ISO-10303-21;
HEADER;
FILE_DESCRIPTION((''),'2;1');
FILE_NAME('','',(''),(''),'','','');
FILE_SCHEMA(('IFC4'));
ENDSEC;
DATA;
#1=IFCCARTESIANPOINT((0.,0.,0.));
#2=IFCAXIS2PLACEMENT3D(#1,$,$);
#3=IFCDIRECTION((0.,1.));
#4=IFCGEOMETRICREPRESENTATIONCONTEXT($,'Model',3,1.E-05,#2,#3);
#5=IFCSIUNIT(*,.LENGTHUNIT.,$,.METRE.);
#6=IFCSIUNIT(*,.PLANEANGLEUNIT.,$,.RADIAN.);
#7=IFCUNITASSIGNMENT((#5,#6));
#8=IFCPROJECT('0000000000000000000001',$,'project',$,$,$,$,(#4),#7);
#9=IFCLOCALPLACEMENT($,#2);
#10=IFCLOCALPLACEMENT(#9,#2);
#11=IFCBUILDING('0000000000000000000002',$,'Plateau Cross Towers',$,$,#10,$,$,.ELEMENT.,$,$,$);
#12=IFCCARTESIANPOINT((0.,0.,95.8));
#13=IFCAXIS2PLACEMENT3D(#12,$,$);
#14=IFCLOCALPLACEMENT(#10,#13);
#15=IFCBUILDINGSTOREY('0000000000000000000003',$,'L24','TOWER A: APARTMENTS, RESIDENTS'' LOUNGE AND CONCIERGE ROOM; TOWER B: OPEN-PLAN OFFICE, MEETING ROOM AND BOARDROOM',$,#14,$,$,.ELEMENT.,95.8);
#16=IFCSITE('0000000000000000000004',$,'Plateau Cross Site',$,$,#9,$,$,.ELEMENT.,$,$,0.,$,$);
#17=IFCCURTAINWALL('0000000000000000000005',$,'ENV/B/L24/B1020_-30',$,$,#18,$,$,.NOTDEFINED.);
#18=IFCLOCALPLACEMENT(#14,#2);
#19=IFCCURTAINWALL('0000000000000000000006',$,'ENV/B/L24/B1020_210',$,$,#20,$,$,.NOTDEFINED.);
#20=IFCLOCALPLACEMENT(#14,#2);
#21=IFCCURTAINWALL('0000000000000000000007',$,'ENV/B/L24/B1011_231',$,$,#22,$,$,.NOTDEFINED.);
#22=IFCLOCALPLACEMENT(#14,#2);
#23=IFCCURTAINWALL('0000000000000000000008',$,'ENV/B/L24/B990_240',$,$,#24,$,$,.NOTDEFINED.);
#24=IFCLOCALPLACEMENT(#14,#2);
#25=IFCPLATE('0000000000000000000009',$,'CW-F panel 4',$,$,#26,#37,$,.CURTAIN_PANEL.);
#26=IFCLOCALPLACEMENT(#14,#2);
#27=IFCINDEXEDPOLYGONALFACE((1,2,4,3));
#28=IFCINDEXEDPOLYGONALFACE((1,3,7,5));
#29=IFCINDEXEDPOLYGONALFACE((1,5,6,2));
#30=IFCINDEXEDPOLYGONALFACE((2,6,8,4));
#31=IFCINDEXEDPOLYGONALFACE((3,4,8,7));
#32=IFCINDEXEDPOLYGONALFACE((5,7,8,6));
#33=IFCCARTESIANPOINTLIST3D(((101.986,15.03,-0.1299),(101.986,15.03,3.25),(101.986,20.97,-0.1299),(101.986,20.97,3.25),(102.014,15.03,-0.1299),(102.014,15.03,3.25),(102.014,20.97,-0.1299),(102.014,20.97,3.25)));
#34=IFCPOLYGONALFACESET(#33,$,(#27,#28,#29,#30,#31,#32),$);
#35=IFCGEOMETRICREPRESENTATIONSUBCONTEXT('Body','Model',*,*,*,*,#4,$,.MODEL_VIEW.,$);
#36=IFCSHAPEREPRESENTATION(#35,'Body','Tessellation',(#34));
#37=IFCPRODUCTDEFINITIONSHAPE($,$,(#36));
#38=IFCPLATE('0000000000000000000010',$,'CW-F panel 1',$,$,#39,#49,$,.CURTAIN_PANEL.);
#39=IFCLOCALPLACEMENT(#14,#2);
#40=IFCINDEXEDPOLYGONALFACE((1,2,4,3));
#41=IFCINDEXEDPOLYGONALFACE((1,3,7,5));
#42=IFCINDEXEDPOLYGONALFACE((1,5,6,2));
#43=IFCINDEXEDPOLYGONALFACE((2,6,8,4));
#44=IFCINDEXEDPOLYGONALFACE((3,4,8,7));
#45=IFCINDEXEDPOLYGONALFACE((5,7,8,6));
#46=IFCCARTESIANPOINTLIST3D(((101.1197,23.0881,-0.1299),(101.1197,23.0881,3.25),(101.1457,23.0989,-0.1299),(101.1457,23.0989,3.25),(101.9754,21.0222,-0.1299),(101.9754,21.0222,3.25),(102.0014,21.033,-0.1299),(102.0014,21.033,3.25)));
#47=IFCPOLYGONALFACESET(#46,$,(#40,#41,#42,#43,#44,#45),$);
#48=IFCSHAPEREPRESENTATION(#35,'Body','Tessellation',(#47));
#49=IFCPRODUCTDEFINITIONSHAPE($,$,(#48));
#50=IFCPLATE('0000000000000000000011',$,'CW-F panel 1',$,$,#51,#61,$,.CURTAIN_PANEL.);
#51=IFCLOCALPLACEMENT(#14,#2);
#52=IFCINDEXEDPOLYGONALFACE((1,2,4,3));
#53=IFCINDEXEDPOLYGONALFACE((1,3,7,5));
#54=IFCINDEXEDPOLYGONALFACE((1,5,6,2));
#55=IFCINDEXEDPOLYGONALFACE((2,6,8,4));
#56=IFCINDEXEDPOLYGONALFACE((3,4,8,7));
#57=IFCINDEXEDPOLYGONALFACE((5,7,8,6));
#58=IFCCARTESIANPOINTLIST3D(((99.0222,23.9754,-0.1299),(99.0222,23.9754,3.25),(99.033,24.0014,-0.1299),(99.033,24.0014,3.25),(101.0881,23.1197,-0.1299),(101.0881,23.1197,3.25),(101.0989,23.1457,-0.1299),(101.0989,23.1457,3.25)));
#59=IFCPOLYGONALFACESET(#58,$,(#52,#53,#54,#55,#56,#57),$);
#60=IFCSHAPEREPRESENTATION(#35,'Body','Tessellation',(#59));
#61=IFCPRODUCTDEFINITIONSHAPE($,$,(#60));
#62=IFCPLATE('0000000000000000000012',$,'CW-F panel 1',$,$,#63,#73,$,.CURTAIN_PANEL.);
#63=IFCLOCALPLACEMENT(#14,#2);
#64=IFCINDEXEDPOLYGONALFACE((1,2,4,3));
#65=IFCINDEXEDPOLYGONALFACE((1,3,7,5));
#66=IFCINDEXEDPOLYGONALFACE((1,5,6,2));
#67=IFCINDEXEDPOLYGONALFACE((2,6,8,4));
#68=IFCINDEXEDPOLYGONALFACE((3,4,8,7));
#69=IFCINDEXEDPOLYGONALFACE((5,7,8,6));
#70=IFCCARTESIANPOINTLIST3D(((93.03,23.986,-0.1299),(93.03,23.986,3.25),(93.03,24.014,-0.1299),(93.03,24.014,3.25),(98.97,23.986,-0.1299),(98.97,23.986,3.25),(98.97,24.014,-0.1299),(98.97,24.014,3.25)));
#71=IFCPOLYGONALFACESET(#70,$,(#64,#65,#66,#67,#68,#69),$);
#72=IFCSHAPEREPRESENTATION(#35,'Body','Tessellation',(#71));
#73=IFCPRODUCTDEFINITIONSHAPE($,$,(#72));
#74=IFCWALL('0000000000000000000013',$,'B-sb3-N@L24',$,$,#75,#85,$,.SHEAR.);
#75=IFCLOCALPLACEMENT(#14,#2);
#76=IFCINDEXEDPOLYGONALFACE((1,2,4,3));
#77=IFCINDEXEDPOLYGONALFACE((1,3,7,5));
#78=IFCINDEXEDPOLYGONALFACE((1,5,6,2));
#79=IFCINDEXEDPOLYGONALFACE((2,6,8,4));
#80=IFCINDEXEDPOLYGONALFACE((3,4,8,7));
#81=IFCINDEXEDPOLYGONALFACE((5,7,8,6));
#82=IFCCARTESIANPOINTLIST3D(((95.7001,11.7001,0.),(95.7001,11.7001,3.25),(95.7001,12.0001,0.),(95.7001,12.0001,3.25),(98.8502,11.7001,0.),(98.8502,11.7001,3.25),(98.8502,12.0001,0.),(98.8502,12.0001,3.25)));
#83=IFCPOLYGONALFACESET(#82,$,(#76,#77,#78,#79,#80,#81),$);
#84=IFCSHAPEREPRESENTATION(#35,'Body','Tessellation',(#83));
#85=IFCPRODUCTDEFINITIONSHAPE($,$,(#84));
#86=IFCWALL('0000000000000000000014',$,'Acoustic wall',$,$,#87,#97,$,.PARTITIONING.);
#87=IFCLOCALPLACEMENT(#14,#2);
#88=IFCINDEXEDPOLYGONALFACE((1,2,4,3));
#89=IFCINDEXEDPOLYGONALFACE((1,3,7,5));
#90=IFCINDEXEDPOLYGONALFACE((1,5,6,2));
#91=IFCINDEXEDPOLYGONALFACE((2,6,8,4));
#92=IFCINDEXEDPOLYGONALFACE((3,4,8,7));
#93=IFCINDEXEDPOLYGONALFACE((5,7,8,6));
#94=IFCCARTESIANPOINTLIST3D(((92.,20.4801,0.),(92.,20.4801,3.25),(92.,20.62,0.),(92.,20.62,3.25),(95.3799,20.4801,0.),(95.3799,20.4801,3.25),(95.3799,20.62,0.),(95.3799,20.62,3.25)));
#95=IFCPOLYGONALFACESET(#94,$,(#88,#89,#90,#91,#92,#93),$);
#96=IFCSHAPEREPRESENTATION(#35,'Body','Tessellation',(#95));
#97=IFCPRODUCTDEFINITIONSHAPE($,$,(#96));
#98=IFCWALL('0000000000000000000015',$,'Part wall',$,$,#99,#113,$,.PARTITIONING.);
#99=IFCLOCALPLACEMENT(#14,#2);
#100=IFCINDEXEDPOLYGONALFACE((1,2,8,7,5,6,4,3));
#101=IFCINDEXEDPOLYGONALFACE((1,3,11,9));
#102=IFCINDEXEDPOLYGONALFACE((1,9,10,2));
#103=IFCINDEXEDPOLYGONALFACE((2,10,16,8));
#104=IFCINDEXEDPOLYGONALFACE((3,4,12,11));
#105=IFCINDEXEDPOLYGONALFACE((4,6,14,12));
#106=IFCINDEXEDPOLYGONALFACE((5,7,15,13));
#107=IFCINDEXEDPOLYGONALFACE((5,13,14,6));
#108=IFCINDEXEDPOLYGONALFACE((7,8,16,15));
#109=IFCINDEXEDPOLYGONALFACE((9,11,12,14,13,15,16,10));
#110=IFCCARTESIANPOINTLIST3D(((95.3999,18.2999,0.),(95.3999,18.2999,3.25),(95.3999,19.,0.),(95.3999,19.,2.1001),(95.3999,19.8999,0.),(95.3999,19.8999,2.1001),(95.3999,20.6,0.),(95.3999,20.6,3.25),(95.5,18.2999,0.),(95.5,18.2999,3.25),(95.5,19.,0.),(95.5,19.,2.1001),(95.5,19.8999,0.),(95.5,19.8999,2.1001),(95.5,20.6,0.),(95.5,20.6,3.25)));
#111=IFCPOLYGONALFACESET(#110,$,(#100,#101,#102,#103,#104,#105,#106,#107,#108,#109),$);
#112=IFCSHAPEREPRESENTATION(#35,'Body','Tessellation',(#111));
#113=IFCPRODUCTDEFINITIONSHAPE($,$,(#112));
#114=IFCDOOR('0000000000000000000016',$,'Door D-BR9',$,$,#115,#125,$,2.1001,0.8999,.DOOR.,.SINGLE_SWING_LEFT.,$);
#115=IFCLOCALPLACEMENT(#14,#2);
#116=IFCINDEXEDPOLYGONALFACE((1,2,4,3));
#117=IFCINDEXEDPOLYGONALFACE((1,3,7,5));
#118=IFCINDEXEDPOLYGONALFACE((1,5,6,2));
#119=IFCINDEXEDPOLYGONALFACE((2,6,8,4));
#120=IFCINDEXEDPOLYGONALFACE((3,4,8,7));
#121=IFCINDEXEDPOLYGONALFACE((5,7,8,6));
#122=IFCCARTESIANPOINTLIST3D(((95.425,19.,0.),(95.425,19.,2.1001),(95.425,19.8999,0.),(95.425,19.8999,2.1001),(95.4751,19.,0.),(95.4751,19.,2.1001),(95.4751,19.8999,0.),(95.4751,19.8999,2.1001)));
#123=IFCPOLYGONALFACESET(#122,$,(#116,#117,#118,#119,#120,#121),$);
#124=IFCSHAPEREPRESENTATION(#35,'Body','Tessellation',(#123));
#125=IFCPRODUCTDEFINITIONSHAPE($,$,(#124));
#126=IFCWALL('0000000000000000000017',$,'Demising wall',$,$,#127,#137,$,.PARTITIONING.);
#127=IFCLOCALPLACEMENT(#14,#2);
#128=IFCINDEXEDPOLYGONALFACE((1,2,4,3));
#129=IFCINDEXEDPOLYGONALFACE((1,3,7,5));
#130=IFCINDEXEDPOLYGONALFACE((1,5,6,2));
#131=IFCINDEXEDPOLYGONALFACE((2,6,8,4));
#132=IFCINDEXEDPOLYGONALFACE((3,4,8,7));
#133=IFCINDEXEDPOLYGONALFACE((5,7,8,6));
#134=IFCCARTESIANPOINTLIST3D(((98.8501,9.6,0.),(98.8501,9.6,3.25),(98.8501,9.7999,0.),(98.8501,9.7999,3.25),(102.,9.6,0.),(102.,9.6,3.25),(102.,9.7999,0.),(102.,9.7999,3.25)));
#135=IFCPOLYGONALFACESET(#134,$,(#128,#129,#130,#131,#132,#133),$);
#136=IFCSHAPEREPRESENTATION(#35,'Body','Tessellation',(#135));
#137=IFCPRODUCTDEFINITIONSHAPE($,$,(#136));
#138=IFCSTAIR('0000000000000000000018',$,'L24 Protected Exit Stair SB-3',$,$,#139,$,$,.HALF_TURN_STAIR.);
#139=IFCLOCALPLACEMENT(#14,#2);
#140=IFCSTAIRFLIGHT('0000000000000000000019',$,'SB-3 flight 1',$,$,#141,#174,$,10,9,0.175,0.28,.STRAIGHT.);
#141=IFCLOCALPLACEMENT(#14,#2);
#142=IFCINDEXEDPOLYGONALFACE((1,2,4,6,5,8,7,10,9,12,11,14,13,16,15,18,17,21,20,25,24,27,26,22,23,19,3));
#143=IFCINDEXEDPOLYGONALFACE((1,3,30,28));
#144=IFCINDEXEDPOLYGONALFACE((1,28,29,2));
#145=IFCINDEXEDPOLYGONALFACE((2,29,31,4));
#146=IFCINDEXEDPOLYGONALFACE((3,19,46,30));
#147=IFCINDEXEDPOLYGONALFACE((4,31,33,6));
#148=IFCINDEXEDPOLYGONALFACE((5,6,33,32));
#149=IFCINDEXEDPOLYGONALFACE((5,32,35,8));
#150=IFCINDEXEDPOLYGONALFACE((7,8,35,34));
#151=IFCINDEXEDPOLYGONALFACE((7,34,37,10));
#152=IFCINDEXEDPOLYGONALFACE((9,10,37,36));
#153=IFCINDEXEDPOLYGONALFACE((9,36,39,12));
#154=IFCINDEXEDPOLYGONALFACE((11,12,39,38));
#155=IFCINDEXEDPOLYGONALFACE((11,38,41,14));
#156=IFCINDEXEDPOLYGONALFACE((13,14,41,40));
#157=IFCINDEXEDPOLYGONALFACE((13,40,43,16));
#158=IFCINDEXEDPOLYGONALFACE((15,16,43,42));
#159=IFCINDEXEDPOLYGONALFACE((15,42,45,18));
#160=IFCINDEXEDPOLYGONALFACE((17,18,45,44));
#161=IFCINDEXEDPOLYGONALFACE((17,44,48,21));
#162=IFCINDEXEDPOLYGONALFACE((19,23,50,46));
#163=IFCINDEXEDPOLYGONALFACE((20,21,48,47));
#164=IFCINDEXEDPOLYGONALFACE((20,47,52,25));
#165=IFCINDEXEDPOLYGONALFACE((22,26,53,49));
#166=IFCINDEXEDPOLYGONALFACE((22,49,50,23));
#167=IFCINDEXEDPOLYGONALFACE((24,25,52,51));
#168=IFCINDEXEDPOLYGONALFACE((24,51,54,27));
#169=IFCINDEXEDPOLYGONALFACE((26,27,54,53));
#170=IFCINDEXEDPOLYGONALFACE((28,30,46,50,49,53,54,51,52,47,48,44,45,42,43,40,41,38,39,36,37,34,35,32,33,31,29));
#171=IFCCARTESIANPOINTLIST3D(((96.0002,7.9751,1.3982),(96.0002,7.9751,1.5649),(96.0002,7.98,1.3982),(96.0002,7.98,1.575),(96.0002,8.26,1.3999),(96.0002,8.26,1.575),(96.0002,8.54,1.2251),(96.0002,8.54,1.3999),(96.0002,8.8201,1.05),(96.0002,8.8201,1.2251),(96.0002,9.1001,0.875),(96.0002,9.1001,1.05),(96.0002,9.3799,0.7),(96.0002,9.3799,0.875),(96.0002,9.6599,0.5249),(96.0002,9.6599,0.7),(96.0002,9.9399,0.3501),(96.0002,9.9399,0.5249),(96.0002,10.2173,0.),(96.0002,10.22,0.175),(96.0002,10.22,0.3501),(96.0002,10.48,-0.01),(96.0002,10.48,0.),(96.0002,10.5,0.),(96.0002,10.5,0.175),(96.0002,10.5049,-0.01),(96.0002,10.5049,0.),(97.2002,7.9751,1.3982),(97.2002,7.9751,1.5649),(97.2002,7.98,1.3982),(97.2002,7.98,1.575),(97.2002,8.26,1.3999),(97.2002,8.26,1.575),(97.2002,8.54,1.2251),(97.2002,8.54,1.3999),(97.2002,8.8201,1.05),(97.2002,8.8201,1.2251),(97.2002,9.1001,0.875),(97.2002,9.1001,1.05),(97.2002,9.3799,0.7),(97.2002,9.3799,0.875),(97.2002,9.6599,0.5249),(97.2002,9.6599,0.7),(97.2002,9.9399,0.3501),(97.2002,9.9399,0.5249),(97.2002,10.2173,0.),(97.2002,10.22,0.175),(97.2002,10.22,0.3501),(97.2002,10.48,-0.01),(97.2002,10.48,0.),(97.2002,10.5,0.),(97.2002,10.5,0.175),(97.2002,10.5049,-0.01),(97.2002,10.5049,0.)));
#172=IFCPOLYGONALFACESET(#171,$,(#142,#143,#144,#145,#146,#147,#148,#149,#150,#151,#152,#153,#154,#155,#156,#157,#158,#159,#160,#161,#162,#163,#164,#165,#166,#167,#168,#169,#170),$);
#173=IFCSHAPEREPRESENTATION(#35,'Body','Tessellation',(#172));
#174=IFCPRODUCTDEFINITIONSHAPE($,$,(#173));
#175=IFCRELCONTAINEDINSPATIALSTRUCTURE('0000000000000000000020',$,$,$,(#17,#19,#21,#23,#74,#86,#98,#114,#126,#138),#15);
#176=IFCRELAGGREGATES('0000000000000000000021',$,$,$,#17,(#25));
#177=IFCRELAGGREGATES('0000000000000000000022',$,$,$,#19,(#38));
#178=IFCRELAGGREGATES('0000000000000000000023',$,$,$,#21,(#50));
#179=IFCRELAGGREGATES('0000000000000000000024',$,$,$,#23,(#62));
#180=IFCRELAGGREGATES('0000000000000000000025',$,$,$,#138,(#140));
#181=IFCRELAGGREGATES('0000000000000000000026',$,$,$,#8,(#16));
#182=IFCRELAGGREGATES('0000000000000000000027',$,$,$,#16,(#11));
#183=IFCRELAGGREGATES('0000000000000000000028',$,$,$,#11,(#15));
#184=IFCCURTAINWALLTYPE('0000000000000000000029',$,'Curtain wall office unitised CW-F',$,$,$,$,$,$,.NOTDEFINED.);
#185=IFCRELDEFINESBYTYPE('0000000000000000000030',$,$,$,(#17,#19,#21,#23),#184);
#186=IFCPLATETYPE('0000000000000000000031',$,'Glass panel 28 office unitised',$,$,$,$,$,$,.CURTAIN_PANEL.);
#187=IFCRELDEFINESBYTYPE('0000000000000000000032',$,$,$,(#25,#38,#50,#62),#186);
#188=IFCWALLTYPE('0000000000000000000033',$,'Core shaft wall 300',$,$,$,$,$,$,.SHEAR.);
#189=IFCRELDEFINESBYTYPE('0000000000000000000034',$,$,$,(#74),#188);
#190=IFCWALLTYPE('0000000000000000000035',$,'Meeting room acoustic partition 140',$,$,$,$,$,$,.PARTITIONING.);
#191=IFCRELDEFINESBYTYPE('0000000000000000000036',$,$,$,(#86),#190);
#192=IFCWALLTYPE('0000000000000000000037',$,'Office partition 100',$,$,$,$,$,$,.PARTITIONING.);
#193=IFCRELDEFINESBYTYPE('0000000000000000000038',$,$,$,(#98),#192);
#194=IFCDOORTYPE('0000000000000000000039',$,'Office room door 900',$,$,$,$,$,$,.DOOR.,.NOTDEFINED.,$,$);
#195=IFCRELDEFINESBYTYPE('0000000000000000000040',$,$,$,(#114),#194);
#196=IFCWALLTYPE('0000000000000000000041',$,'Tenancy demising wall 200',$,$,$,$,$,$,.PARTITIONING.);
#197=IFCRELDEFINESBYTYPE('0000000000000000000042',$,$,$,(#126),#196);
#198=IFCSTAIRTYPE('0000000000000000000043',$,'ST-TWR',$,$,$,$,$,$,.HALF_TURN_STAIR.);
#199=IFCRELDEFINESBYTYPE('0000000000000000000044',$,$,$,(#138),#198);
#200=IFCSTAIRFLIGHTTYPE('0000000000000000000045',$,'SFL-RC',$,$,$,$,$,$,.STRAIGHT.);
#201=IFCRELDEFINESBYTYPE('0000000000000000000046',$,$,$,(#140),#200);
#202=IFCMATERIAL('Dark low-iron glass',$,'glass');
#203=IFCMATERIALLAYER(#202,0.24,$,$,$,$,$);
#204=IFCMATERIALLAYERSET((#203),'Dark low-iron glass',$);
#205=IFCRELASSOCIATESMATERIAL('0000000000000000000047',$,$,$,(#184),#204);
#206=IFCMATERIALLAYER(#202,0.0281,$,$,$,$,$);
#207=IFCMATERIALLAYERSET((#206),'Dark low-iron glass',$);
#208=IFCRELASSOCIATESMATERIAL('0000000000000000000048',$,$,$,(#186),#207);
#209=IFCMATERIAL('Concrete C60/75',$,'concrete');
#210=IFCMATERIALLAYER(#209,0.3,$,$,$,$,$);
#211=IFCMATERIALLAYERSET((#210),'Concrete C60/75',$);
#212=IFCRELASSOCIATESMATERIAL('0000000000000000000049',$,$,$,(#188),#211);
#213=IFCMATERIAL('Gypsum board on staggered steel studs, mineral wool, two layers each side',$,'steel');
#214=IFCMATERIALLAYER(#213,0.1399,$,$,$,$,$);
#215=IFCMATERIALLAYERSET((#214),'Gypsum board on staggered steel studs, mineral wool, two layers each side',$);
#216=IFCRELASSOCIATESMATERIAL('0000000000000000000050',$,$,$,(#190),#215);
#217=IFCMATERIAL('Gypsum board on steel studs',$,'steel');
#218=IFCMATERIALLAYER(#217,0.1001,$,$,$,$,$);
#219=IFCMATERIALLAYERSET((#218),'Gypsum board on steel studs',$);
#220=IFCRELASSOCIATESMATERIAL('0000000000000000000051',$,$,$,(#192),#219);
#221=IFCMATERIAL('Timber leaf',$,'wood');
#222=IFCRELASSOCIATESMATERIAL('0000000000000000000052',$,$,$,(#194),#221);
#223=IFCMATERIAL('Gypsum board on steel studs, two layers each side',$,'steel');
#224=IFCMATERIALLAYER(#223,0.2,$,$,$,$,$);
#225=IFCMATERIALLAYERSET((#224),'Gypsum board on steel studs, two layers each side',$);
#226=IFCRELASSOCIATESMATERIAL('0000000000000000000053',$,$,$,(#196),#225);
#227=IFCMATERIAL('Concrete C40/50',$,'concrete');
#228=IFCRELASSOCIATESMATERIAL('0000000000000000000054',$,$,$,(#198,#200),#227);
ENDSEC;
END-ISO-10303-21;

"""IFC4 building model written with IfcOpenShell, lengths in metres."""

from ifc_helpers import new_model, si_unit, direction, frame, frame_2d, origin, origin_2d, place, context, subcontext, project, spatial, polyline, rectangle, outline, extrude, material, layer, layer_set, type_object, element, fill, aggregate, save


model = new_model("IFC4")

# Units and contexts
model_context = context("Model", 3, precision=1e-05, world=origin(), true_north=direction((0.0, 1.0)))
body_context = subcontext(model_context, "Body", "Model", "MODEL_VIEW")
ifc_project = project(units=[si_unit("LENGTHUNIT", "METRE"), si_unit("PLANEANGLEUNIT", "RADIAN")], contexts=[model_context])

# Site, building, storey
site_placement = place(None, origin())
site = spatial("IfcSite", under=ifc_project, at=site_placement, Name="Plateau Cross Site", CompositionType="ELEMENT", RefElevation=0.0)
building_placement = place(site_placement, origin())
building = spatial("IfcBuilding", under=site, at=building_placement, Name="Plateau Cross Towers", CompositionType="ELEMENT")
storey_placement = place(building_placement, frame((0.0, 0.0, 95.8)))
storey = spatial("IfcBuildingStorey", under=building, at=storey_placement, Name="L24", Description="TOWER A: APARTMENTS, RESIDENTS' LOUNGE AND CONCIERGE ROOM; TOWER B: OPEN-PLAN OFFICE, MEETING ROOM AND BOARDROOM", CompositionType="ELEMENT", Elevation=95.8)

# Shared definitions
ifc_material_1 = material(Name="Concrete C60/75", Category="concrete")

# Curtain wall
ifc_material_2 = material(Name="Dark low-iron glass", Category="glass")
ifc_layer_1 = layer(ifc_material_2, 0.24)
ifc_layer_set_1 = layer_set([ifc_layer_1], Name="Dark low-iron glass")
curtain_wall_type = type_object("IfcCurtainWallType", Name="Curtain wall office unitised CW-F", PredefinedType="NOTDEFINED", material=ifc_layer_set_1)
curtain_wall_1_placement = place(storey_placement, origin())
curtain_wall_1 = element("IfcCurtainWall", 1, at=curtain_wall_1_placement, inside=storey, type_object=curtain_wall_type, Name="ENV/B/L24/B1020_-30", PredefinedType="NOTDEFINED")

# Curtain walls
curtain_wall_2_placement = place(storey_placement, origin())
curtain_wall_2 = element("IfcCurtainWall", 2, at=curtain_wall_2_placement, inside=storey, type_object=curtain_wall_type, Name="ENV/B/L24/B1020_210", PredefinedType="NOTDEFINED")
curtain_wall_3_placement = place(storey_placement, origin())
curtain_wall_3 = element("IfcCurtainWall", 3, at=curtain_wall_3_placement, inside=storey, type_object=curtain_wall_type, Name="ENV/B/L24/B1011_231", PredefinedType="NOTDEFINED")

# Curtain wall
curtain_wall_4_placement = place(storey_placement, origin())
curtain_wall_4 = element("IfcCurtainWall", 4, at=curtain_wall_4_placement, inside=storey, type_object=curtain_wall_type, Name="ENV/B/L24/B990_240", PredefinedType="NOTDEFINED")

# Plates
ifc_layer_2 = layer(ifc_material_2, 0.0281)
ifc_layer_set_2 = layer_set([ifc_layer_2], Name="Dark low-iron glass")
plate_type = type_object("IfcPlateType", Name="Glass panel 28 office unitised", PredefinedType="CURTAIN_PANEL", material=ifc_layer_set_2)
plate_1_placement = place(storey_placement, frame((102.0, 18.0, -0.1299), z_axis=(0.0, 0.0, 1.0), x_axis=(0.0, 1.0, 0.0)))
plate_1 = element("IfcPlate", 5, at=plate_1_placement, type_object=plate_type, Name="CW-F panel 4", PredefinedType="CURTAIN_PANEL", context=body_context, shape_type="SweptSolid", body=[
    extrude(rectangle(XDim=5.9399, YDim=0.0281, at=origin_2d()), origin(), (0.0, 0.0, 1.0), 3.3799),
])
aggregate(curtain_wall_1, [plate_1])
plate_2_placement = place(storey_placement, frame((101.5605, 22.0605, -0.1299), z_axis=(0.0, 0.0, 1.0), x_axis=(-0.382684, 0.923879, 0.0)))
plate_2 = element("IfcPlate", 6, at=plate_2_placement, type_object=plate_type, Name="CW-F panel 1", PredefinedType="CURTAIN_PANEL", context=body_context, shape_type="SweptSolid", body=[
    extrude(rectangle(XDim=2.2361, YDim=0.0281, at=origin_2d()), origin(), (0.0, 0.0, 1.0), 3.3799),
])
aggregate(curtain_wall_2, [plate_2])
plate_3_placement = place(storey_placement, frame((100.0605, 23.5605, -0.1299), z_axis=(0.0, 0.0, 1.0), x_axis=(-0.923879, 0.382684, 0.0)))
plate_3 = element("IfcPlate", 7, at=plate_3_placement, type_object=plate_type, Name="CW-F panel 1", PredefinedType="CURTAIN_PANEL", context=body_context, shape_type="SweptSolid", body=[
    extrude(rectangle(XDim=2.2361, YDim=0.0281, at=origin_2d()), origin(), (0.0, 0.0, 1.0), 3.3799),
])
aggregate(curtain_wall_3, [plate_3])
plate_4_placement = place(storey_placement, frame((96.0, 24.0, -0.1299), z_axis=(0.0, 0.0, 1.0), x_axis=(-1.0, 0.0, 0.0)))
plate_4 = element("IfcPlate", 8, at=plate_4_placement, type_object=plate_type, Name="CW-F panel 1", PredefinedType="CURTAIN_PANEL", context=body_context, shape_type="SweptSolid", body=[
    extrude(rectangle(XDim=5.9399, YDim=0.0281, at=origin_2d()), origin(), (0.0, 0.0, 1.0), 3.3799),
])
aggregate(curtain_wall_4, [plate_4])

# Wall
ifc_layer_3 = layer(ifc_material_1, 0.3)
ifc_layer_set_3 = layer_set([ifc_layer_3], Name="Concrete C60/75")
wall_type_1 = type_object("IfcWallType", Name="Core shaft wall 300", PredefinedType="SHEAR", material=ifc_layer_set_3)
wall_1_placement = place(storey_placement, frame((95.7, 11.8501, 0.0), z_axis=(0.0, 0.0, 1.0), x_axis=(1.0, 0.0, 0.0)))
element("IfcWall", 9, at=wall_1_placement, inside=storey, type_object=wall_type_1, Name="B-sb3-N@L24", PredefinedType="SHEAR", context=body_context, shape_type="SweptSolid", body=[
    extrude(rectangle(XDim=3.1501, YDim=0.3, at=frame_2d((1.5752, 0.0))), origin(), (0.0, 0.0, 1.0), 3.25),
])

# Shared definitions
ifc_material_3 = material(Name="Gypsum board on staggered steel studs, mineral wool, two layers each side", Category="steel")
ifc_layer_4 = layer(ifc_material_3, 0.1399)
ifc_layer_set_4 = layer_set([ifc_layer_4], Name="Gypsum board on staggered steel studs, mineral wool, two layers each side")
wall_type_2 = type_object("IfcWallType", Name="Meeting room acoustic partition 140", PredefinedType="PARTITIONING", material=ifc_layer_set_4)

# Wall
wall_2_placement = place(storey_placement, frame((92.0, 20.55, 0.0), z_axis=(0.0, 0.0, 1.0), x_axis=(1.0, 0.0, 0.0)))
element("IfcWall", 10, at=wall_2_placement, inside=storey, type_object=wall_type_2, Name="Acoustic wall", PredefinedType="PARTITIONING", context=body_context, shape_type="SweptSolid", body=[
    extrude(rectangle(XDim=3.3799, YDim=0.1399, at=frame_2d((1.6899, 0.0))), origin(), (0.0, 0.0, 1.0), 3.25),
])

# Wall, opening, door
ifc_material_4 = material(Name="Gypsum board on steel studs", Category="steel")
ifc_layer_5 = layer(ifc_material_4, 0.1001)
ifc_layer_set_5 = layer_set([ifc_layer_5], Name="Gypsum board on steel studs")
wall_type_3 = type_object("IfcWallType", Name="Office partition 100", PredefinedType="PARTITIONING", material=ifc_layer_set_5)
wall_3_placement = place(storey_placement, frame((95.45, 18.3, 0.0), z_axis=(0.0, 0.0, 1.0), x_axis=(0.0, 1.0, 0.0)))
wall_3 = element("IfcWall", 11, at=wall_3_placement, inside=storey, type_object=wall_type_3, Name="Part wall", PredefinedType="PARTITIONING", context=body_context, shape_type="SweptSolid", body=[
    extrude(rectangle(XDim=2.3, YDim=0.1001, at=frame_2d((1.1499, 0.0))), origin(), (0.0, 0.0, 1.0), 3.25),
])
opening_1_placement = place(wall_3_placement, frame((0.7, 0.0, 0.0)))
opening_1 = element("IfcOpeningElement", 12, at=opening_1_placement, cuts=wall_3, PredefinedType="OPENING", context=body_context, shape_type="SweptSolid", body=[
    extrude(rectangle(XDim=0.8999, YDim=2.1001, at=frame_2d((0.45, 1.05))), frame((0.0, 0.0601, 0.0), z_axis=(0.0, -1.0, 0.0), x_axis=(1.0, 0.0, 0.0)), (0.0, 0.0, 1.0), 0.1201),
])
ifc_material_5 = material(Name="Timber leaf", Category="wood")
door_type_1 = type_object("IfcDoorType", Name="Office room door 900", OperationType="NOTDEFINED", PredefinedType="DOOR", material=ifc_material_5)
door_1_placement = place(opening_1_placement, origin())
door_1 = element("IfcDoor", 13, at=door_1_placement, inside=storey, type_object=door_type_1, Name="Door D-BR9", OperationType="SINGLE_SWING_LEFT", OverallHeight=2.1001, OverallWidth=0.8999, PredefinedType="DOOR", context=body_context, shape_type="SweptSolid", body=[
    extrude(rectangle(XDim=0.8999, YDim=2.1001, at=frame_2d((0.45, 1.05))), frame((0.0, 0.0249, 0.0), z_axis=(0.0, -1.0, 0.0), x_axis=(1.0, 0.0, 0.0)), (0.0, 0.0, 1.0), 0.05),
])
fill(opening_1, door_1)

# Wall
ifc_material_6 = material(Name="Gypsum board on steel studs, two layers each side", Category="steel")
ifc_layer_6 = layer(ifc_material_6, 0.2)
ifc_layer_set_6 = layer_set([ifc_layer_6], Name="Gypsum board on steel studs, two layers each side")
wall_type_4 = type_object("IfcWallType", Name="Tenancy demising wall 200", PredefinedType="PARTITIONING", material=ifc_layer_set_6)
wall_4_placement = place(storey_placement, frame((98.8501, 9.7, 0.0), z_axis=(0.0, 0.0, 1.0), x_axis=(1.0, 0.0, 0.0)))
element("IfcWall", 14, at=wall_4_placement, inside=storey, type_object=wall_type_4, Name="Demising wall", PredefinedType="PARTITIONING", context=body_context, shape_type="SweptSolid", body=[
    extrude(rectangle(XDim=3.1499, YDim=0.2, at=frame_2d((1.575, 0.0))), origin(), (0.0, 0.0, 1.0), 3.25),
])

# Stair, stair flight
ifc_material_7 = material(Name="Concrete C40/50", Category="concrete")
stair_type = type_object("IfcStairType", Name="ST-TWR", PredefinedType="HALF_TURN_STAIR", material=ifc_material_7)
stair_placement = place(storey_placement, origin())
stair = element("IfcStair", 15, at=stair_placement, inside=storey, type_object=stair_type, Name="L24 Protected Exit Stair SB-3", PredefinedType="HALF_TURN_STAIR")
stair_flight_type = type_object("IfcStairFlightType", Name="SFL-RC", PredefinedType="STRAIGHT", material=ifc_material_7)
stair_flight_1_placement = place(storey_placement, frame((96.6001, 10.5, 0.0), z_axis=(0.0, 0.0, 1.0), x_axis=(0.0, -1.0, 0.0)))
stair_flight_1 = element("IfcStairFlight", 16, at=stair_flight_1_placement, type_object=stair_flight_type, Name="SB-3 flight 1", NumberOfRisers=10, NumberOfTreads=9, PredefinedType="STRAIGHT", RiserHeight=0.175, TreadLength=0.28, context=body_context, shape_type="SweptSolid", body=[
    extrude(outline(polyline([(-0.0049, -0.01), (-0.0049, 0.0), (0.0, 0.0), (0.0, 0.175), (0.28, 0.175), (0.28, 0.3501), (0.5601, 0.3501), (0.5601, 0.5249), (0.8401, 0.5249), (0.8401, 0.7), (1.1201, 0.7), (1.1201, 0.875), (1.3999, 0.875), (1.3999, 1.05), (1.6799, 1.05), (1.6799, 1.2251), (1.96, 1.2251), (1.96, 1.3999), (2.24, 1.3999), (2.24, 1.575), (2.52, 1.575), (2.5249, 1.5649), (2.5249, 1.3982), (2.52, 1.3982), (0.2827, 0.0), (0.02, 0.0), (0.02, -0.01), (-0.0049, -0.01)])), frame((0.0, 0.6001, 0.0), z_axis=(0.0, -1.0, 0.0), x_axis=(1.0, 0.0, 0.0)), (0.0, 0.0, 1.0), 1.2),
])
aggregate(stair, [stair_flight_1])

save(model, "model.ifc")
